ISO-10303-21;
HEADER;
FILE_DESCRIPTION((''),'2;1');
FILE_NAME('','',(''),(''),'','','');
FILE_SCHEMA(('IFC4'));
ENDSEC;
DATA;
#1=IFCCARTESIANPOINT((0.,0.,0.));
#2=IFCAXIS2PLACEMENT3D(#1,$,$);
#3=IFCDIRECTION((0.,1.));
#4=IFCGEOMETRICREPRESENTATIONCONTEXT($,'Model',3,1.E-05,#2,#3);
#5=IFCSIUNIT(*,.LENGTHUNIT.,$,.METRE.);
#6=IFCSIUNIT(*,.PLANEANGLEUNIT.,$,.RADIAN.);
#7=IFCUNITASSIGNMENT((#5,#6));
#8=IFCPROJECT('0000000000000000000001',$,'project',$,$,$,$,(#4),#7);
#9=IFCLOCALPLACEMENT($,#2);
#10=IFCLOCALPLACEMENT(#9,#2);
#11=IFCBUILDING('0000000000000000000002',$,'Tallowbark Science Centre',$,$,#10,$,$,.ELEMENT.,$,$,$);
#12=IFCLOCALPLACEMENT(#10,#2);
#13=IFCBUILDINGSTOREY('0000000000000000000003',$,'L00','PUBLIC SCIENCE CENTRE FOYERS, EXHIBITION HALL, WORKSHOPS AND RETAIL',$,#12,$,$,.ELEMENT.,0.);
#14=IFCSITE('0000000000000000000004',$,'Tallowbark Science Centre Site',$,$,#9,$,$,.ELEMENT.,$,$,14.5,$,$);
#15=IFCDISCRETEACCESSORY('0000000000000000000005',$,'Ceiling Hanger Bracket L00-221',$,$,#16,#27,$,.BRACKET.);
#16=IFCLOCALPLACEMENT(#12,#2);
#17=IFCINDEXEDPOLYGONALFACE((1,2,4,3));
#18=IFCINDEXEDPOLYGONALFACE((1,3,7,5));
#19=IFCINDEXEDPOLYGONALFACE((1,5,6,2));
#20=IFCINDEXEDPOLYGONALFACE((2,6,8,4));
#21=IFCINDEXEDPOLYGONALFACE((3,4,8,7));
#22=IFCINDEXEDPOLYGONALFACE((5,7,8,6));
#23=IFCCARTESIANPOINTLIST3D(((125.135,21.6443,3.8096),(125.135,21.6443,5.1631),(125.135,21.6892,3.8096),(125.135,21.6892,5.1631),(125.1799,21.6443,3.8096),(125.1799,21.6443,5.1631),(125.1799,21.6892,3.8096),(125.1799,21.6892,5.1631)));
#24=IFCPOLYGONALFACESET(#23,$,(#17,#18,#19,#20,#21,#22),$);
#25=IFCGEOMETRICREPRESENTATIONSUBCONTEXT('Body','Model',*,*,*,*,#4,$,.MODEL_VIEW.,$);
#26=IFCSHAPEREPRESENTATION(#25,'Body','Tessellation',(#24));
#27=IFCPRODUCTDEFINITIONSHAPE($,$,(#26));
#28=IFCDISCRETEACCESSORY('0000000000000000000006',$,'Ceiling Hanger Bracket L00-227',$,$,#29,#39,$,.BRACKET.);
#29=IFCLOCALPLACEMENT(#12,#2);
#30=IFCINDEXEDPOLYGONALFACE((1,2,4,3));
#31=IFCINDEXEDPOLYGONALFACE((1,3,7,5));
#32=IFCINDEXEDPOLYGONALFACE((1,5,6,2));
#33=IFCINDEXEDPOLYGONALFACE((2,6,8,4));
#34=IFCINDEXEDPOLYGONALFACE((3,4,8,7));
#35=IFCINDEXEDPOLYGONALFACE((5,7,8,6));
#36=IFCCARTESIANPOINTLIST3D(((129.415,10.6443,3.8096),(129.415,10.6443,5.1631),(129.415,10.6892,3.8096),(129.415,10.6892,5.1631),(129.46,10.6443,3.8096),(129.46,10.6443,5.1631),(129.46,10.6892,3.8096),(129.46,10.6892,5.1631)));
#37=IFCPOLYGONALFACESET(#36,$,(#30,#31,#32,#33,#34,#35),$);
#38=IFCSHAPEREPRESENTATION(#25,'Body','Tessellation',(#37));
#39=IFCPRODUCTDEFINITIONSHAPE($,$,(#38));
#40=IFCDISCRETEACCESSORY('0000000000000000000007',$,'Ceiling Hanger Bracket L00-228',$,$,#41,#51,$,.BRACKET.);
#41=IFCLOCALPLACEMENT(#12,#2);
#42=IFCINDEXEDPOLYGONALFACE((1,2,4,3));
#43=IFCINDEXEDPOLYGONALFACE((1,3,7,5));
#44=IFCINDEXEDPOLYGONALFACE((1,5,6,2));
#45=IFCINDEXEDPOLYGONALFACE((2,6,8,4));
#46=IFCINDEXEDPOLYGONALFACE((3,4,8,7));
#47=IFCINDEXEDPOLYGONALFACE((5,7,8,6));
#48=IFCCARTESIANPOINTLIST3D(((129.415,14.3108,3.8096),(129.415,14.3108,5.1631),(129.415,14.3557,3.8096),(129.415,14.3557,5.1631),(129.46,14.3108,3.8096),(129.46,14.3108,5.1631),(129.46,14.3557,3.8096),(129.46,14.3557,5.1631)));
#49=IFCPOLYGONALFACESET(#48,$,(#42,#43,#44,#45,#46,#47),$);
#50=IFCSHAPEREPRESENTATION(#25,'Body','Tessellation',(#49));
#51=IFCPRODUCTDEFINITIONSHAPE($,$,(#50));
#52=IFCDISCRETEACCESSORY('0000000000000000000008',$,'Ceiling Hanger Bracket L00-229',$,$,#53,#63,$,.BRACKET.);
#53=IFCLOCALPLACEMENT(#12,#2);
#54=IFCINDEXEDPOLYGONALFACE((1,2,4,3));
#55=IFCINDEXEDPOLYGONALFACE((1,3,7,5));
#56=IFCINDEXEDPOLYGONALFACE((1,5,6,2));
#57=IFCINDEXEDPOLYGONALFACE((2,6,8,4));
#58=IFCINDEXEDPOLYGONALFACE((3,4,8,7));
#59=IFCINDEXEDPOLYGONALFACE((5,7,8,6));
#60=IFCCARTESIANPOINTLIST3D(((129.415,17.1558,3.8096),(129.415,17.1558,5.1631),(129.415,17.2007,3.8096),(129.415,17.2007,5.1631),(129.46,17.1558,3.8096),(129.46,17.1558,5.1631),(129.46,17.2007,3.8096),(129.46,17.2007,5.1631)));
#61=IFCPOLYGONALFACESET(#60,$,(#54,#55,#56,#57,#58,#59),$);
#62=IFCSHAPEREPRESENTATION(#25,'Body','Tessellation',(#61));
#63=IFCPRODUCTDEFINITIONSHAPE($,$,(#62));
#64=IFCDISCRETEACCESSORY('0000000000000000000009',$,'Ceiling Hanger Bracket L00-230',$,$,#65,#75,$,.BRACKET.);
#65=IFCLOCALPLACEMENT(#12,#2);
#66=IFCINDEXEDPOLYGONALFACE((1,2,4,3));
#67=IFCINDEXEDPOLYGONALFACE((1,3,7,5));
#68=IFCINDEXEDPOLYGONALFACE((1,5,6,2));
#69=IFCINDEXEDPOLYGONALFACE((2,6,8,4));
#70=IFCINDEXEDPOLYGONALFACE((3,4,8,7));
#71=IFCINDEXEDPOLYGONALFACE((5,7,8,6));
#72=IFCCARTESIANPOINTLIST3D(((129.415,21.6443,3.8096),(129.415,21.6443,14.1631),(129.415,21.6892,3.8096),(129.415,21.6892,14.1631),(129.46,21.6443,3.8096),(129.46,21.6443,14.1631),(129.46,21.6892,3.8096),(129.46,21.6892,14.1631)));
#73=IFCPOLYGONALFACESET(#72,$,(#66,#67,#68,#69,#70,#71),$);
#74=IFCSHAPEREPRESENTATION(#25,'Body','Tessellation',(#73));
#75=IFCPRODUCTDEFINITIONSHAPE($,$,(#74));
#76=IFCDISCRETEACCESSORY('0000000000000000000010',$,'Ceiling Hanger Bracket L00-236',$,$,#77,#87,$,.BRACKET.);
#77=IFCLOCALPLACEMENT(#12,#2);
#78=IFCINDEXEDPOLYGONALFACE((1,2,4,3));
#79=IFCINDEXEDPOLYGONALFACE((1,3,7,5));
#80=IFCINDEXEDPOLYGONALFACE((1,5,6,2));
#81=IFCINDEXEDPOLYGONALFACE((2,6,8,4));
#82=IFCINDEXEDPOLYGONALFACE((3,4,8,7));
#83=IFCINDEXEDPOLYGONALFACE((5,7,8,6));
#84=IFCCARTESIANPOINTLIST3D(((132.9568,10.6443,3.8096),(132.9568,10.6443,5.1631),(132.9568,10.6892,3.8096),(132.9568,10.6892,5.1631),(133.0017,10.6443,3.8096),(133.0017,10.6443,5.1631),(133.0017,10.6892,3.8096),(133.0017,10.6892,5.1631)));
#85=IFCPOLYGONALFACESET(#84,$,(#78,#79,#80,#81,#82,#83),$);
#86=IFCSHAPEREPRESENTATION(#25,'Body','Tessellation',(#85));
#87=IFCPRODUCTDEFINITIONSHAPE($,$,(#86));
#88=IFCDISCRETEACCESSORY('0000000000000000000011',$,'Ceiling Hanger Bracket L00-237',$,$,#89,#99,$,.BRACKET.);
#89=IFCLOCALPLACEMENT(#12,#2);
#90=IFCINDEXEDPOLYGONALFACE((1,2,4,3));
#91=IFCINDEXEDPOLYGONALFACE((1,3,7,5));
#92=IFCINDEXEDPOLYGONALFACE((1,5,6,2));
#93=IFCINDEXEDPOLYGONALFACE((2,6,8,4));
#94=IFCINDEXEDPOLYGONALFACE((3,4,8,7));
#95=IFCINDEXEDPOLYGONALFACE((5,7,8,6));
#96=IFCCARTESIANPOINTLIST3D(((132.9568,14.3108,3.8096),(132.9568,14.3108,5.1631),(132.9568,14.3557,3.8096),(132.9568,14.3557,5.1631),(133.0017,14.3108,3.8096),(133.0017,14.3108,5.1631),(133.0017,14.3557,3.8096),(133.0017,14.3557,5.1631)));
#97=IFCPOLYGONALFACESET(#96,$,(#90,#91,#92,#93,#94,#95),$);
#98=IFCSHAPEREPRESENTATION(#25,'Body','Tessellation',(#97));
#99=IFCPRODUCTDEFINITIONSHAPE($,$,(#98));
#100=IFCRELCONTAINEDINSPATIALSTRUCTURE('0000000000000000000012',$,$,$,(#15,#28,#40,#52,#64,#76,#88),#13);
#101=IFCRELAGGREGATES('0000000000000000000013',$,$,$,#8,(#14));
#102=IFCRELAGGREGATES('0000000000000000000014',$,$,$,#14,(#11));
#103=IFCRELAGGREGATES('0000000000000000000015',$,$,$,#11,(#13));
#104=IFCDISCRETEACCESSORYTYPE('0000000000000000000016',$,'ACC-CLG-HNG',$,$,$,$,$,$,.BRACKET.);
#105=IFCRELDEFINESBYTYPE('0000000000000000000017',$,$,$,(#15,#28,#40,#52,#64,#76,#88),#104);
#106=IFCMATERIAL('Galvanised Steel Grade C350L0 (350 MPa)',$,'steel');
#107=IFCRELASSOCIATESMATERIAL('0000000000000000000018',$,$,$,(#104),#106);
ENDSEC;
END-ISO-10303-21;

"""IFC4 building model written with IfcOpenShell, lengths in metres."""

from ifc_helpers import new_model, si_unit, direction, frame, origin, origin_2d, place, context, subcontext, project, spatial, rectangle, extrude, material, type_object, element, save


model = new_model("IFC4")

# Units and contexts
model_context = context("Model", 3, precision=1e-05, world=origin(), true_north=direction((0.0, 1.0)))
body_context = subcontext(model_context, "Body", "Model", "MODEL_VIEW")
ifc_project = project(units=[si_unit("LENGTHUNIT", "METRE"), si_unit("PLANEANGLEUNIT", "RADIAN")], contexts=[model_context])

# Site, building, storey
site_placement = place(None, origin())
site = spatial("IfcSite", under=ifc_project, at=site_placement, Name="Tallowbark Science Centre Site", CompositionType="ELEMENT", RefElevation=14.5)
building_placement = place(site_placement, origin())
building = spatial("IfcBuilding", under=site, at=building_placement, Name="Tallowbark Science Centre", CompositionType="ELEMENT")
storey_placement = place(building_placement, origin())
storey = spatial("IfcBuildingStorey", under=building, at=storey_placement, Name="L00", Description="PUBLIC SCIENCE CENTRE FOYERS, EXHIBITION HALL, WORKSHOPS AND RETAIL", CompositionType="ELEMENT", Elevation=0.0)

# Discrete accessories
ifc_material_1 = material(Name="Galvanised Steel Grade C350L0 (350 MPa)", Category="steel")
discrete_accessory_type = type_object("IfcDiscreteAccessoryType", Name="ACC-CLG-HNG", PredefinedType="BRACKET", material=ifc_material_1)
for number, where, z_axis, x_axis, name in (
    (1, (125.1575, 21.6667, 3.8096), (0.0, 0.0, 1.0), (1.0, 0.0, 0.0), "Ceiling Hanger Bracket L00-221"),
    (2, (129.4375, 10.6667, 3.8096), (0.0, 0.0, 1.0), (1.0, 0.0, 0.0), "Ceiling Hanger Bracket L00-227"),
    (3, (129.4375, 14.3333, 3.8096), (0.0, 0.0, 1.0), (1.0, 0.0, 0.0), "Ceiling Hanger Bracket L00-228"),
    (4, (129.4375, 17.1782, 3.8096), (0.0, 0.0, 1.0), (1.0, 0.0, 0.0), "Ceiling Hanger Bracket L00-229"),
):
    element("IfcDiscreteAccessory", number, at=place(storey_placement, frame(where, z_axis=z_axis, x_axis=x_axis)), inside=storey, type_object=discrete_accessory_type, Name=name, PredefinedType="BRACKET", context=body_context, shape_type="SweptSolid", body=[
        extrude(rectangle(XDim=0.0449, YDim=0.0449, at=origin_2d()), origin(), (0.0, 0.0, 1.0), 1.3535),
    ])
discrete_accessory_placement = place(storey_placement, frame((129.4375, 21.6667, 3.8096), z_axis=(0.0, 0.0, 1.0), x_axis=(1.0, 0.0, 0.0)))
element("IfcDiscreteAccessory", 5, at=discrete_accessory_placement, inside=storey, type_object=discrete_accessory_type, Name="Ceiling Hanger Bracket L00-230", PredefinedType="BRACKET", context=body_context, shape_type="SweptSolid", body=[
    extrude(rectangle(XDim=0.0449, YDim=0.0449, at=origin_2d()), origin(), (0.0, 0.0, 1.0), 10.3535),
])
for number, where, z_axis, x_axis, name in (
    (6, (132.9792, 10.6667, 3.8096), (0.0, 0.0, 1.0), (1.0, 0.0, 0.0), "Ceiling Hanger Bracket L00-236"),
    (7, (132.9792, 14.3333, 3.8096), (0.0, 0.0, 1.0), (1.0, 0.0, 0.0), "Ceiling Hanger Bracket L00-237"),
):
    element("IfcDiscreteAccessory", number, at=place(storey_placement, frame(where, z_axis=z_axis, x_axis=x_axis)), inside=storey, type_object=discrete_accessory_type, Name=name, PredefinedType="BRACKET", context=body_context, shape_type="SweptSolid", body=[
        extrude(rectangle(XDim=0.0449, YDim=0.0449, at=origin_2d()), origin(), (0.0, 0.0, 1.0), 1.3535),
    ])

save(model, "model.ifc")
